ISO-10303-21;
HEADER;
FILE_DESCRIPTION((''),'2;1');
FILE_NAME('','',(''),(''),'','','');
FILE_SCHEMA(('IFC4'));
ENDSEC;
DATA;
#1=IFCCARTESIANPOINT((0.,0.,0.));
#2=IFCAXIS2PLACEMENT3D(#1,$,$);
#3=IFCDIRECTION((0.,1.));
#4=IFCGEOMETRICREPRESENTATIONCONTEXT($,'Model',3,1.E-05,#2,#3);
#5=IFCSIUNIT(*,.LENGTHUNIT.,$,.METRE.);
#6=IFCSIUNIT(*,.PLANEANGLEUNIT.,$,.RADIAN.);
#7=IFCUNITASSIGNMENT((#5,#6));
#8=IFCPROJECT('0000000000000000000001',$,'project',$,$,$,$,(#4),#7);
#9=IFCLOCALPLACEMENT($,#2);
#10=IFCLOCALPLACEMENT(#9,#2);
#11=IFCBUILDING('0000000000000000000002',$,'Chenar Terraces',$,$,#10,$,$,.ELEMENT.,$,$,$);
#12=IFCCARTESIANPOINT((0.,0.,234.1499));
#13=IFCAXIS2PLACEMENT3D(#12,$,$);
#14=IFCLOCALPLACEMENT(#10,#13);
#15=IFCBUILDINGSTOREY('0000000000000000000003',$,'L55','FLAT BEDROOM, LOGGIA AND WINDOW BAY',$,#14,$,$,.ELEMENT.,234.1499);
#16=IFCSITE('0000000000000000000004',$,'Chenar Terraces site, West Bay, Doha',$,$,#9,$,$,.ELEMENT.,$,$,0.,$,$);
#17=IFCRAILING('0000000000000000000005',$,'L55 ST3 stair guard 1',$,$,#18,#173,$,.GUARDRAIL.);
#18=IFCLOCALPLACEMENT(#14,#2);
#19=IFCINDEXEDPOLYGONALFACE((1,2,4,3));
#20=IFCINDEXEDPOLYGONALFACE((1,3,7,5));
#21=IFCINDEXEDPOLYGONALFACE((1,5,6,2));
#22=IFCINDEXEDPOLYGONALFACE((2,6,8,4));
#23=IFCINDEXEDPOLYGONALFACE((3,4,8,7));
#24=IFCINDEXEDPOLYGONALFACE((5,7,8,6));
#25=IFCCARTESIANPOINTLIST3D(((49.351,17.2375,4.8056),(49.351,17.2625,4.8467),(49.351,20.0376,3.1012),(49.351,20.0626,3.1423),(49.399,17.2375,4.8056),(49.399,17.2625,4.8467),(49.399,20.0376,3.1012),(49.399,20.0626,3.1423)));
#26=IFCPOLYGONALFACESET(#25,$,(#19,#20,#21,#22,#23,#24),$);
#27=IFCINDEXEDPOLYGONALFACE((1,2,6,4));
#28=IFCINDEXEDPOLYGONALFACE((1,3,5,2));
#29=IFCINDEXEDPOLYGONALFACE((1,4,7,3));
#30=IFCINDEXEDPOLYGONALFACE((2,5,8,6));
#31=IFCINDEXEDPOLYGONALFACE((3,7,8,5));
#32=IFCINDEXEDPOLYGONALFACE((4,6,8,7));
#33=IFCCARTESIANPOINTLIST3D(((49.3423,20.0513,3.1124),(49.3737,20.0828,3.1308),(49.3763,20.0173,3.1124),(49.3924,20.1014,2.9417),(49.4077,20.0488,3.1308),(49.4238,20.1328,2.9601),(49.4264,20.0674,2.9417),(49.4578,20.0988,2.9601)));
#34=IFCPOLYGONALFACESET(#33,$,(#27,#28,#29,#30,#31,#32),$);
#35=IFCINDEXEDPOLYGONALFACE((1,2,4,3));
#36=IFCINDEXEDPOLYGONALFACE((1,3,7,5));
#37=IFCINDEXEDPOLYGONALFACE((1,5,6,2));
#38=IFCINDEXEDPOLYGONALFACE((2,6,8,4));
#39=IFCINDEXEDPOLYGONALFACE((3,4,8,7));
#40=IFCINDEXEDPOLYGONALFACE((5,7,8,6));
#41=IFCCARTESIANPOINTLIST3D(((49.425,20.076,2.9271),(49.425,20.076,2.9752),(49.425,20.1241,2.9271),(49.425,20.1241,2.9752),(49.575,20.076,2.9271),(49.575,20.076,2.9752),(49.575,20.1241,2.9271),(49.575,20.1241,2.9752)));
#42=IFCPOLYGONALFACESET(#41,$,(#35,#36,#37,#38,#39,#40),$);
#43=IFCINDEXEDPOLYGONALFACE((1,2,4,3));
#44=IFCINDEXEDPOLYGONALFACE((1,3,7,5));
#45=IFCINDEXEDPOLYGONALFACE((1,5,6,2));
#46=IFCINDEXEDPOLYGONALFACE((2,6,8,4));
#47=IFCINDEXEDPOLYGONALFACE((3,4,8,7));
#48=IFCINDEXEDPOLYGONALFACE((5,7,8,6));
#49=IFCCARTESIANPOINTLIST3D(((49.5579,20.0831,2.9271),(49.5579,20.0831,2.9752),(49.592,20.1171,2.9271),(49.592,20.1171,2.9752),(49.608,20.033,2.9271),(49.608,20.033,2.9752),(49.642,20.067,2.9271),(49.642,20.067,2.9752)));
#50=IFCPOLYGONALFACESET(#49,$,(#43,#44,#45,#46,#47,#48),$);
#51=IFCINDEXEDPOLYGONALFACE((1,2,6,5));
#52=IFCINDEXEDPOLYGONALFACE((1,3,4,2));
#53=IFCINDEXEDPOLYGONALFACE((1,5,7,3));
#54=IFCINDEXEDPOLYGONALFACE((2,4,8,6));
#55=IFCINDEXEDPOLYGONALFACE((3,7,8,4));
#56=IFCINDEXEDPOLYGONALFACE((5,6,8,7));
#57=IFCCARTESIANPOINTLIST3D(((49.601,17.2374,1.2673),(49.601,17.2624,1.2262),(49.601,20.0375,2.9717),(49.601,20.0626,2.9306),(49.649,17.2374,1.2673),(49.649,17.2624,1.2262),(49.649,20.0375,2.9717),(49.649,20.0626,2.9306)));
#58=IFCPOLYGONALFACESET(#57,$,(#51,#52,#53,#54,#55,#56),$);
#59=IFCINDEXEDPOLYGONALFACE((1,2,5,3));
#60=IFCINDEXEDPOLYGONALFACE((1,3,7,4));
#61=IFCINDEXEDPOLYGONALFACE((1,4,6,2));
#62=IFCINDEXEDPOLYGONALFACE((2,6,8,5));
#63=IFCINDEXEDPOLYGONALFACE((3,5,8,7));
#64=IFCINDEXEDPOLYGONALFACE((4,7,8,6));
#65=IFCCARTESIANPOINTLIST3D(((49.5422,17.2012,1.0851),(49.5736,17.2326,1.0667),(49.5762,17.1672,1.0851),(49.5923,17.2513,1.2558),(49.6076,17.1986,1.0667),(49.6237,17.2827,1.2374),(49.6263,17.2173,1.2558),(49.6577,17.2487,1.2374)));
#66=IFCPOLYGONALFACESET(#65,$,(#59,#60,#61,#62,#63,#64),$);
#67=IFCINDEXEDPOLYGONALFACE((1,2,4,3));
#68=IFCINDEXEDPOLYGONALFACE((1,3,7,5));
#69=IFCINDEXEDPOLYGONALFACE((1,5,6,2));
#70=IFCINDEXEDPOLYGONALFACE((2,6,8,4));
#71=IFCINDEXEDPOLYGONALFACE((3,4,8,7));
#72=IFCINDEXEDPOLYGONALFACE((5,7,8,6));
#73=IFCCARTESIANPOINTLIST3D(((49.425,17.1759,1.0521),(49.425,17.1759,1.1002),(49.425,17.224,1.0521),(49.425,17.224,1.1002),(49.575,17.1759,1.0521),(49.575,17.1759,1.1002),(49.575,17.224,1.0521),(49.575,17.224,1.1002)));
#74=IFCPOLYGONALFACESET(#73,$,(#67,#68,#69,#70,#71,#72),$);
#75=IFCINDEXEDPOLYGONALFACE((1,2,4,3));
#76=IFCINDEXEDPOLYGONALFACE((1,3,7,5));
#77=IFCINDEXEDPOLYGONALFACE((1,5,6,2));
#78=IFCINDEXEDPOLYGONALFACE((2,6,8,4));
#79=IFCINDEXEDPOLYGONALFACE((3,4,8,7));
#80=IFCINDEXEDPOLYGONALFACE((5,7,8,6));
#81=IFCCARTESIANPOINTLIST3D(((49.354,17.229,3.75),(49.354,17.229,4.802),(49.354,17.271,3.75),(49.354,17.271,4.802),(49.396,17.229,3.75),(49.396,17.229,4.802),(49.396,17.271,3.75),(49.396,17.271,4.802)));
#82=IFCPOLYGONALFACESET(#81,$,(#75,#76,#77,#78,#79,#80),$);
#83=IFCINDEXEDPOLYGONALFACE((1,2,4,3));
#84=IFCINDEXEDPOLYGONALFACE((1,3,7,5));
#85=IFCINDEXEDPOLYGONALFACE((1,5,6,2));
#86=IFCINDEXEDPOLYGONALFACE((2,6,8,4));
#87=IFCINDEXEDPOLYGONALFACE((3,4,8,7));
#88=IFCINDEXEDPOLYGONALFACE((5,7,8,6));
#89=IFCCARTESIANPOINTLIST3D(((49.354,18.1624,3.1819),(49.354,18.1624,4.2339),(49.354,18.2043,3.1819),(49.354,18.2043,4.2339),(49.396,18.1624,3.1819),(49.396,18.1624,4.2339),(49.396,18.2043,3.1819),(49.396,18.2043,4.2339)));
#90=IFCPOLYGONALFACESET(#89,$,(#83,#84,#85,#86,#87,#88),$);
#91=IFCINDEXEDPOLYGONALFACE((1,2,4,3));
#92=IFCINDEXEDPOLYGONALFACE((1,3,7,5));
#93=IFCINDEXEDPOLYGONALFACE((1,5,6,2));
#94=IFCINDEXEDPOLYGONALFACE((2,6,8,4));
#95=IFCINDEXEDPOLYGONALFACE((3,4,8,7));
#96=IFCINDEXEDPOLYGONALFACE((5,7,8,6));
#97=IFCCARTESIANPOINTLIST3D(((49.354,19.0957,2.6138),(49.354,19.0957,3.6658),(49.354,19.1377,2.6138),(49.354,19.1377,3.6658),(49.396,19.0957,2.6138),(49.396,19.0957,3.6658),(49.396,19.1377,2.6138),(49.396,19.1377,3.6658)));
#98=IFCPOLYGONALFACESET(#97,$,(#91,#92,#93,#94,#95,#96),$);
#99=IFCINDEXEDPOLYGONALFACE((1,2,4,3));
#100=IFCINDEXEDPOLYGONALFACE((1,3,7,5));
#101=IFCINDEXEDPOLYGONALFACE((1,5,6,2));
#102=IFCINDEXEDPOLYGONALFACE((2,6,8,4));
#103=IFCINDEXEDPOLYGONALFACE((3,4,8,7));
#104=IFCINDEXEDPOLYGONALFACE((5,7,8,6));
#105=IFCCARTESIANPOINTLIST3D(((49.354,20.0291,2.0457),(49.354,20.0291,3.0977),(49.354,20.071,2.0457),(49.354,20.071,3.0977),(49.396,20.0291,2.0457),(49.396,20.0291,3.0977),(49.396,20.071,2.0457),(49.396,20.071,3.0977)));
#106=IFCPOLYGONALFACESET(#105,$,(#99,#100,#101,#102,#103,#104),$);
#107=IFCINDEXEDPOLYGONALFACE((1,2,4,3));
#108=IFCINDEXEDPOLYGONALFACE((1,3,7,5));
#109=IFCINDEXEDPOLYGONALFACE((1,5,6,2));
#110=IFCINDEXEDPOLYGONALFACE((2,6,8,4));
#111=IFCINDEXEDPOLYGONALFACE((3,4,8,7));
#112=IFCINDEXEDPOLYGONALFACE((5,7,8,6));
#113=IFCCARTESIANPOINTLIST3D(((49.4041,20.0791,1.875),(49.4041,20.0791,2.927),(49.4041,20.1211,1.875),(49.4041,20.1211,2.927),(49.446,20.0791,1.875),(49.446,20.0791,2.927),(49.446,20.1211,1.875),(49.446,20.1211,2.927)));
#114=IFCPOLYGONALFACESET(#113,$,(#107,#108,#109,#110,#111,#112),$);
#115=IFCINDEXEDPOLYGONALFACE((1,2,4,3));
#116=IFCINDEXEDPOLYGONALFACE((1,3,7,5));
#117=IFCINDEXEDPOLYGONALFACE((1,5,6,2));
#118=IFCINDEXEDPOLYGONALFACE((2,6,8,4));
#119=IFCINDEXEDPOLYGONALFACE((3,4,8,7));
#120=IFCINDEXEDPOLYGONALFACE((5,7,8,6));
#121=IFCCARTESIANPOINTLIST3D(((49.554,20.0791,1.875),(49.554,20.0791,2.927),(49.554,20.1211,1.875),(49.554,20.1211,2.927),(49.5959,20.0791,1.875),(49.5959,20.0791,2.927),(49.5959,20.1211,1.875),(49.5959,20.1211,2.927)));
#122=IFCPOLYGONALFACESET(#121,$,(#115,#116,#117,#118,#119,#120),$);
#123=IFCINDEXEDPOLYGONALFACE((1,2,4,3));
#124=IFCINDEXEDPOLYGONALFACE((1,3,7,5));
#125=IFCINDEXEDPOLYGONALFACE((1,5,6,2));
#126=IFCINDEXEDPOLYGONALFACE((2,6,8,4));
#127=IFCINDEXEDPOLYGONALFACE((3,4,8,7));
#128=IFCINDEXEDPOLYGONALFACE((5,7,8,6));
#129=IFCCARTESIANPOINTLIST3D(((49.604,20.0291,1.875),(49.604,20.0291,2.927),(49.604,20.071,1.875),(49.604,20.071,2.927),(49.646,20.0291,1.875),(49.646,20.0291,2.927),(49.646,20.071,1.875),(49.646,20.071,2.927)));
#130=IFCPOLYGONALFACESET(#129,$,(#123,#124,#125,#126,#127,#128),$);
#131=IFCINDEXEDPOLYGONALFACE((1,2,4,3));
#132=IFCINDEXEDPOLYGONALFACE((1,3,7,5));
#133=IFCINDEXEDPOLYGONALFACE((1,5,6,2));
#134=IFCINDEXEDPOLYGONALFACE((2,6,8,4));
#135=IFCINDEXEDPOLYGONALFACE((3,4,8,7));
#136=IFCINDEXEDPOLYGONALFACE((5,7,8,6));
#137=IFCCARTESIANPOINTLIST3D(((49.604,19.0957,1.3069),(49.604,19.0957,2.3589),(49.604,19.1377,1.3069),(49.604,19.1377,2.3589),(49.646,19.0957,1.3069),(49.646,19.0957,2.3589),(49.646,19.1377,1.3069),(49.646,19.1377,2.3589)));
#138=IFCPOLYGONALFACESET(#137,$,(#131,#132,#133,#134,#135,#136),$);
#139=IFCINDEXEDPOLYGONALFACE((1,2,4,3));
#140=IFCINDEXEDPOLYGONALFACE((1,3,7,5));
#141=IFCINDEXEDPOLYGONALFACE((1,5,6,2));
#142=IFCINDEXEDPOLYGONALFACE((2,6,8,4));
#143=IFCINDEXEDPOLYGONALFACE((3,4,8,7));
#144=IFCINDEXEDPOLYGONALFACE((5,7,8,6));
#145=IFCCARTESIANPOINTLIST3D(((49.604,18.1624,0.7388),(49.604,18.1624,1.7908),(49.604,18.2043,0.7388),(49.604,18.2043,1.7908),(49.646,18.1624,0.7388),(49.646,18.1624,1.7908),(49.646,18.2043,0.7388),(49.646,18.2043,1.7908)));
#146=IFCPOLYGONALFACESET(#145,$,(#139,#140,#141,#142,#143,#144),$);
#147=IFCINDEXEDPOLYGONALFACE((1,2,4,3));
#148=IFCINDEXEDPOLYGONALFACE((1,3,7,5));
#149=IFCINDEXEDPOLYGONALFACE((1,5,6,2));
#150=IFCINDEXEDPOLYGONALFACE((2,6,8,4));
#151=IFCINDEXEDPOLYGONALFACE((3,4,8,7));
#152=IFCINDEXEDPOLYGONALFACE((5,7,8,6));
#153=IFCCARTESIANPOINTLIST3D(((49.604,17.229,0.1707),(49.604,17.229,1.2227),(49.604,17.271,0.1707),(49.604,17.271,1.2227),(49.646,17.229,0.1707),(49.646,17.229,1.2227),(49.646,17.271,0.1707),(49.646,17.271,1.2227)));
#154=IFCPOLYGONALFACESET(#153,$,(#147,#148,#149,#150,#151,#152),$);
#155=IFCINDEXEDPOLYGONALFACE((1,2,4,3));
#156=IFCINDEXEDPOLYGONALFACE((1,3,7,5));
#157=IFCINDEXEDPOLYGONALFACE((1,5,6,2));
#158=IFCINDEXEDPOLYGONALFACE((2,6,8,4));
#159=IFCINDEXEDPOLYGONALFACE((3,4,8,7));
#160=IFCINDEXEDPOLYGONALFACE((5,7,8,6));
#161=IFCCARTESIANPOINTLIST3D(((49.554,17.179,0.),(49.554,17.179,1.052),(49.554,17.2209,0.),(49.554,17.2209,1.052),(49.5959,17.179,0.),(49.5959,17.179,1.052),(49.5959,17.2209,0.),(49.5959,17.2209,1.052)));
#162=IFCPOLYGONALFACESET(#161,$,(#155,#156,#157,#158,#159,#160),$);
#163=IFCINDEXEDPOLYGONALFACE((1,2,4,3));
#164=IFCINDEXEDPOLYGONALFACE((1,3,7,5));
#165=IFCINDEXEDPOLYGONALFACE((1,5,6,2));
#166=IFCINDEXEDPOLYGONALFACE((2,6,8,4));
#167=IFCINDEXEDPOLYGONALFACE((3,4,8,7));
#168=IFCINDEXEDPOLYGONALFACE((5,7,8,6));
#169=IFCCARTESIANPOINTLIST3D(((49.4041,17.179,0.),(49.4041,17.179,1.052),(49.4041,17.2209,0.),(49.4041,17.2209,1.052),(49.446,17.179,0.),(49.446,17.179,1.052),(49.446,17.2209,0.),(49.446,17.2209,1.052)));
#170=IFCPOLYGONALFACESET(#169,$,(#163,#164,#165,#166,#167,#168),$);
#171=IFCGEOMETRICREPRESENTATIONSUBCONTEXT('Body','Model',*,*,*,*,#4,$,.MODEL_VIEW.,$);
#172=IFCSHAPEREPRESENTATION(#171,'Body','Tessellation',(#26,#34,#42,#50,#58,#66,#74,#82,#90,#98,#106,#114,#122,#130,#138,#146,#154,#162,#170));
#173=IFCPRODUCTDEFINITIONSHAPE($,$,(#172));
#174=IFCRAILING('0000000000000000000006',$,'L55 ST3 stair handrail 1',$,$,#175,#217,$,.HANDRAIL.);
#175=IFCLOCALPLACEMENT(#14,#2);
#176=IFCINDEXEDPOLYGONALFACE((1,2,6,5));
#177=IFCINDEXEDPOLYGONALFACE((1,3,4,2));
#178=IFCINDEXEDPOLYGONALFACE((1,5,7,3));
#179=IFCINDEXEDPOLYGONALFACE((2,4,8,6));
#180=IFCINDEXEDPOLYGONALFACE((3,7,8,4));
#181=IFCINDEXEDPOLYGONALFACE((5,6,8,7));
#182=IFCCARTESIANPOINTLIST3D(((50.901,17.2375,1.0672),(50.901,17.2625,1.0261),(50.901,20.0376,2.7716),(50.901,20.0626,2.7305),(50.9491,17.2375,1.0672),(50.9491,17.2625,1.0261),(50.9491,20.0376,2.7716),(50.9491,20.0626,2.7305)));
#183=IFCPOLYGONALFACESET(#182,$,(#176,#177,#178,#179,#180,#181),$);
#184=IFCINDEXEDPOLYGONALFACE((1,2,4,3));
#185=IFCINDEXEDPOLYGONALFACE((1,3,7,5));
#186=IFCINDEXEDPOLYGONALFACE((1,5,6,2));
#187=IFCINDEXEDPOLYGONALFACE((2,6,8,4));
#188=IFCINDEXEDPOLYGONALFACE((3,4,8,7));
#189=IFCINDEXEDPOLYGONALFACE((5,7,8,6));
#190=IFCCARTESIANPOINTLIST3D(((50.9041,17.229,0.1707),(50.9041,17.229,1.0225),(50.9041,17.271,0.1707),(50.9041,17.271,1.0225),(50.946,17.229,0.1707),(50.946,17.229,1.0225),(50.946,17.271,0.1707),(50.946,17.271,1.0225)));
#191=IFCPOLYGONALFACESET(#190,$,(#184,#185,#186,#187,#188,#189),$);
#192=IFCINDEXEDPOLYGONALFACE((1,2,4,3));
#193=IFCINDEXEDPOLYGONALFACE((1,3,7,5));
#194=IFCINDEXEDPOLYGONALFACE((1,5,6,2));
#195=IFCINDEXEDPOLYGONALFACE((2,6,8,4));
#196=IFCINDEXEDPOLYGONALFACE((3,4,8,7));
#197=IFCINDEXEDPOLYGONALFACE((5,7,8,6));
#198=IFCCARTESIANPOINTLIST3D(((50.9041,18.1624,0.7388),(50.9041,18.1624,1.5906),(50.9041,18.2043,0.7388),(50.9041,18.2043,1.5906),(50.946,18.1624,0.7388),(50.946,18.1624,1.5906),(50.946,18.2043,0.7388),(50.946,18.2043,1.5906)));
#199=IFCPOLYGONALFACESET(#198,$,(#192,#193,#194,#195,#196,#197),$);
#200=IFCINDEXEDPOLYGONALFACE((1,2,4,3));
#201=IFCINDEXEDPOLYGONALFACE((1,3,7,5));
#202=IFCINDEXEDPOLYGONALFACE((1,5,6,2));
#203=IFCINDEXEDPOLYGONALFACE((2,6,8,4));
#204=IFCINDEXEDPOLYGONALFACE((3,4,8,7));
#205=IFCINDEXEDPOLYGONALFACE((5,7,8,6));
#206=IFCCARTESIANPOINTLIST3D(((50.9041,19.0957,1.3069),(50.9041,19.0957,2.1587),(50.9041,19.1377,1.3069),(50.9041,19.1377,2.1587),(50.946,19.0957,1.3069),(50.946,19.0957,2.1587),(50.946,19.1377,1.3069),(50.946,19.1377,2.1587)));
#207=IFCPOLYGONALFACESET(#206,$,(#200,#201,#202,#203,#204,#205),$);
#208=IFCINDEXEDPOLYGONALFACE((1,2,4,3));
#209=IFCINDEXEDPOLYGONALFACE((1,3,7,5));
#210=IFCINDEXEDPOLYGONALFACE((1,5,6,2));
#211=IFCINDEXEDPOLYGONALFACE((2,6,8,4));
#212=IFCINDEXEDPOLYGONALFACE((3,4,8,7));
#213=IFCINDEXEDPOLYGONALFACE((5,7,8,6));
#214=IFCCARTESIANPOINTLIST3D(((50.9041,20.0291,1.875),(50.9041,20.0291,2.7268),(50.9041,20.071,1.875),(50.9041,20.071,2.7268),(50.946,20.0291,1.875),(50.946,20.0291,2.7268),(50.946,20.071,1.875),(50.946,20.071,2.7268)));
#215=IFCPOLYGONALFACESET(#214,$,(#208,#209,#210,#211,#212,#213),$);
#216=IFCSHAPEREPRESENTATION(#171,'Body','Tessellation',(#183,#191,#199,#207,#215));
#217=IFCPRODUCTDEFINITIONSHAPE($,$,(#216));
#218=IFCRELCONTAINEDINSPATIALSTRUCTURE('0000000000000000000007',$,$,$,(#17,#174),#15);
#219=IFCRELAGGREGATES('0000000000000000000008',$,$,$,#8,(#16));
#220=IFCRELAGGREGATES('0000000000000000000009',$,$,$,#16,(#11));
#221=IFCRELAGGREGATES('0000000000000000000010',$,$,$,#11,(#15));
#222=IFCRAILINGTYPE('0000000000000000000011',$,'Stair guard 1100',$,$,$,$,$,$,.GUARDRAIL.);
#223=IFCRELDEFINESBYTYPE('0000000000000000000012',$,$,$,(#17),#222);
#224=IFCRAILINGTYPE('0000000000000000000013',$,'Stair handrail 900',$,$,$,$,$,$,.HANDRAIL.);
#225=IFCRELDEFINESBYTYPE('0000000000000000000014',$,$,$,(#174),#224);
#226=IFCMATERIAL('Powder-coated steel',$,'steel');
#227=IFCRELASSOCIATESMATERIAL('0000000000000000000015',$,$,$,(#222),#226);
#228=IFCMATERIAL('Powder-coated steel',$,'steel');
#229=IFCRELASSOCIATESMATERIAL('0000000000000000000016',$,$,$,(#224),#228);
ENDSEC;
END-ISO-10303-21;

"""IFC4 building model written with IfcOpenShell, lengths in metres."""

from ifc_helpers import new_model, si_unit, direction, frame, origin, origin_2d, place, context, subcontext, project, spatial, rectangle, extrude, material, type_object, element, save


model = new_model("IFC4")

# Units and contexts
model_context = context("Model", 3, precision=1e-05, world=origin(), true_north=direction((0.0, 1.0)))
body_context = subcontext(model_context, "Body", "Model", "MODEL_VIEW")
ifc_project = project(units=[si_unit("LENGTHUNIT", "METRE"), si_unit("PLANEANGLEUNIT", "RADIAN")], contexts=[model_context])

# Site, building, storey
site_placement = place(None, origin())
site = spatial("IfcSite", under=ifc_project, at=site_placement, Name="Chenar Terraces site, West Bay, Doha", CompositionType="ELEMENT", RefElevation=0.0)
building_placement = place(site_placement, origin())
building = spatial("IfcBuilding", under=site, at=building_placement, Name="Chenar Terraces", CompositionType="ELEMENT")
storey_placement = place(building_placement, frame((0.0, 0.0, 234.1499)))
storey = spatial("IfcBuildingStorey", under=building, at=storey_placement, Name="L55", Description="FLAT BEDROOM, LOGGIA AND WINDOW BAY", CompositionType="ELEMENT", Elevation=234.1499)

# Railings
ifc_material_1 = material(Name="Powder-coated steel", Category="steel")
railing_type_1 = type_object("IfcRailingType", Name="Stair guard 1100", PredefinedType="GUARDRAIL", material=ifc_material_1)
railing_1_placement = place(storey_placement, frame((49.375, 17.25, 3.75)))
element("IfcRailing", 1, at=railing_1_placement, inside=storey, type_object=railing_type_1, Name="L55 ST3 stair guard 1", PredefinedType="GUARDRAIL", context=body_context, shape_type="SweptSolid", body=[
    extrude(rectangle(XDim=0.0481, YDim=0.0481, at=origin_2d()), frame((0.0, 0.0, 1.0762), z_axis=(0.0, 0.854203, -0.51994), x_axis=(-1.0, 0.0, 0.0)), (0.0, 0.0, 1.0), 3.2781),
    extrude(rectangle(XDim=0.0481, YDim=0.0481, at=origin_2d()), frame((0.0, 2.8, -0.6284), z_axis=(0.2709, 0.2709, -0.923703), x_axis=(-0.707107, 0.707107, 0.0)), (0.0, 0.0, 1.0), 0.1848),
    extrude(rectangle(XDim=0.0481, YDim=0.0481, at=origin_2d()), frame((0.05, 2.8501, -0.7988), z_axis=(1.0, 0.0, 0.0), x_axis=(0.0, 1.0, 0.0)), (0.0, 0.0, 1.0), 0.1499),
    extrude(rectangle(XDim=0.0481, YDim=0.0481, at=origin_2d()), frame((0.2, 2.8501, -0.7988), z_axis=(0.707107, -0.707107, 0.0), x_axis=(0.707107, 0.707107, 0.0)), (0.0, 0.0, 1.0), 0.0708),
    extrude(rectangle(XDim=0.0481, YDim=0.0481, at=origin_2d()), frame((0.25, 2.8, -0.7988), z_axis=(0.0, -0.854203, -0.51994), x_axis=(1.0, 0.0, 0.0)), (0.0, 0.0, 1.0), 3.2781),
    extrude(rectangle(XDim=0.0481, YDim=0.0481, at=origin_2d()), frame((0.25, 0.0, -2.5034), z_axis=(-0.2709, -0.2709, -0.923703), x_axis=(0.707107, -0.707107, 0.0)), (0.0, 0.0, 1.0), 0.1848),
    extrude(rectangle(XDim=0.0481, YDim=0.0481, at=origin_2d()), frame((0.2, -0.05, -2.6738), z_axis=(-1.0, 0.0, 0.0), x_axis=(0.0, -1.0, 0.0)), (0.0, 0.0, 1.0), 0.1499),
    extrude(rectangle(XDim=0.042, YDim=0.042, at=origin_2d()), origin(), (0.0, 0.0, 1.0), 1.052),
    extrude(rectangle(XDim=0.042, YDim=0.042, at=origin_2d()), frame((0.0, 0.9333, -0.5681)), (0.0, 0.0, 1.0), 1.052),
    extrude(rectangle(XDim=0.042, YDim=0.042, at=origin_2d()), frame((0.0, 1.8667, -1.1362)), (0.0, 0.0, 1.0), 1.052),
    extrude(rectangle(XDim=0.042, YDim=0.042, at=origin_2d()), frame((0.0, 2.8, -1.7043)), (0.0, 0.0, 1.0), 1.052),
    extrude(rectangle(XDim=0.042, YDim=0.042, at=origin_2d()), frame((0.05, 2.8501, -1.875)), (0.0, 0.0, 1.0), 1.052),
    extrude(rectangle(XDim=0.042, YDim=0.042, at=origin_2d()), frame((0.2, 2.8501, -1.875)), (0.0, 0.0, 1.0), 1.052),
    extrude(rectangle(XDim=0.042, YDim=0.042, at=origin_2d()), frame((0.25, 2.8, -1.875)), (0.0, 0.0, 1.0), 1.052),
    extrude(rectangle(XDim=0.042, YDim=0.042, at=origin_2d()), frame((0.25, 1.8667, -2.4431)), (0.0, 0.0, 1.0), 1.052),
    extrude(rectangle(XDim=0.042, YDim=0.042, at=origin_2d()), frame((0.25, 0.9333, -3.0112)), (0.0, 0.0, 1.0), 1.052),
    extrude(rectangle(XDim=0.042, YDim=0.042, at=origin_2d()), frame((0.25, 0.0, -3.5793)), (0.0, 0.0, 1.0), 1.052),
    extrude(rectangle(XDim=0.042, YDim=0.042, at=origin_2d()), frame((0.2, -0.05, -3.75)), (0.0, 0.0, 1.0), 1.052),
    extrude(rectangle(XDim=0.042, YDim=0.042, at=origin_2d()), frame((0.05, -0.05, -3.75)), (0.0, 0.0, 1.0), 1.052),
])
ifc_material_2 = material(Name="Powder-coated steel", Category="steel")
railing_type_2 = type_object("IfcRailingType", Name="Stair handrail 900", PredefinedType="HANDRAIL", material=ifc_material_2)
railing_2_placement = place(storey_placement, frame((50.925, 17.25, 0.1707)))
element("IfcRailing", 2, at=railing_2_placement, inside=storey, type_object=railing_type_2, Name="L55 ST3 stair handrail 1", PredefinedType="HANDRAIL", context=body_context, shape_type="SweptSolid", body=[
    extrude(rectangle(XDim=0.0481, YDim=0.0481, at=origin_2d()), frame((0.0, 0.0, 0.876), z_axis=(0.0, 0.854203, 0.51994), x_axis=(-1.0, 0.0, 0.0)), (0.0, 0.0, 1.0), 3.2781),
    extrude(rectangle(XDim=0.042, YDim=0.042, at=origin_2d()), origin(), (0.0, 0.0, 1.0), 0.8518),
    extrude(rectangle(XDim=0.042, YDim=0.042, at=origin_2d()), frame((0.0, 0.9333, 0.5681)), (0.0, 0.0, 1.0), 0.8518),
    extrude(rectangle(XDim=0.042, YDim=0.042, at=origin_2d()), frame((0.0, 1.8667, 1.1362)), (0.0, 0.0, 1.0), 0.8518),
    extrude(rectangle(XDim=0.042, YDim=0.042, at=origin_2d()), frame((0.0, 2.8, 1.7043)), (0.0, 0.0, 1.0), 0.8518),
])

save(model, "model.ifc")
